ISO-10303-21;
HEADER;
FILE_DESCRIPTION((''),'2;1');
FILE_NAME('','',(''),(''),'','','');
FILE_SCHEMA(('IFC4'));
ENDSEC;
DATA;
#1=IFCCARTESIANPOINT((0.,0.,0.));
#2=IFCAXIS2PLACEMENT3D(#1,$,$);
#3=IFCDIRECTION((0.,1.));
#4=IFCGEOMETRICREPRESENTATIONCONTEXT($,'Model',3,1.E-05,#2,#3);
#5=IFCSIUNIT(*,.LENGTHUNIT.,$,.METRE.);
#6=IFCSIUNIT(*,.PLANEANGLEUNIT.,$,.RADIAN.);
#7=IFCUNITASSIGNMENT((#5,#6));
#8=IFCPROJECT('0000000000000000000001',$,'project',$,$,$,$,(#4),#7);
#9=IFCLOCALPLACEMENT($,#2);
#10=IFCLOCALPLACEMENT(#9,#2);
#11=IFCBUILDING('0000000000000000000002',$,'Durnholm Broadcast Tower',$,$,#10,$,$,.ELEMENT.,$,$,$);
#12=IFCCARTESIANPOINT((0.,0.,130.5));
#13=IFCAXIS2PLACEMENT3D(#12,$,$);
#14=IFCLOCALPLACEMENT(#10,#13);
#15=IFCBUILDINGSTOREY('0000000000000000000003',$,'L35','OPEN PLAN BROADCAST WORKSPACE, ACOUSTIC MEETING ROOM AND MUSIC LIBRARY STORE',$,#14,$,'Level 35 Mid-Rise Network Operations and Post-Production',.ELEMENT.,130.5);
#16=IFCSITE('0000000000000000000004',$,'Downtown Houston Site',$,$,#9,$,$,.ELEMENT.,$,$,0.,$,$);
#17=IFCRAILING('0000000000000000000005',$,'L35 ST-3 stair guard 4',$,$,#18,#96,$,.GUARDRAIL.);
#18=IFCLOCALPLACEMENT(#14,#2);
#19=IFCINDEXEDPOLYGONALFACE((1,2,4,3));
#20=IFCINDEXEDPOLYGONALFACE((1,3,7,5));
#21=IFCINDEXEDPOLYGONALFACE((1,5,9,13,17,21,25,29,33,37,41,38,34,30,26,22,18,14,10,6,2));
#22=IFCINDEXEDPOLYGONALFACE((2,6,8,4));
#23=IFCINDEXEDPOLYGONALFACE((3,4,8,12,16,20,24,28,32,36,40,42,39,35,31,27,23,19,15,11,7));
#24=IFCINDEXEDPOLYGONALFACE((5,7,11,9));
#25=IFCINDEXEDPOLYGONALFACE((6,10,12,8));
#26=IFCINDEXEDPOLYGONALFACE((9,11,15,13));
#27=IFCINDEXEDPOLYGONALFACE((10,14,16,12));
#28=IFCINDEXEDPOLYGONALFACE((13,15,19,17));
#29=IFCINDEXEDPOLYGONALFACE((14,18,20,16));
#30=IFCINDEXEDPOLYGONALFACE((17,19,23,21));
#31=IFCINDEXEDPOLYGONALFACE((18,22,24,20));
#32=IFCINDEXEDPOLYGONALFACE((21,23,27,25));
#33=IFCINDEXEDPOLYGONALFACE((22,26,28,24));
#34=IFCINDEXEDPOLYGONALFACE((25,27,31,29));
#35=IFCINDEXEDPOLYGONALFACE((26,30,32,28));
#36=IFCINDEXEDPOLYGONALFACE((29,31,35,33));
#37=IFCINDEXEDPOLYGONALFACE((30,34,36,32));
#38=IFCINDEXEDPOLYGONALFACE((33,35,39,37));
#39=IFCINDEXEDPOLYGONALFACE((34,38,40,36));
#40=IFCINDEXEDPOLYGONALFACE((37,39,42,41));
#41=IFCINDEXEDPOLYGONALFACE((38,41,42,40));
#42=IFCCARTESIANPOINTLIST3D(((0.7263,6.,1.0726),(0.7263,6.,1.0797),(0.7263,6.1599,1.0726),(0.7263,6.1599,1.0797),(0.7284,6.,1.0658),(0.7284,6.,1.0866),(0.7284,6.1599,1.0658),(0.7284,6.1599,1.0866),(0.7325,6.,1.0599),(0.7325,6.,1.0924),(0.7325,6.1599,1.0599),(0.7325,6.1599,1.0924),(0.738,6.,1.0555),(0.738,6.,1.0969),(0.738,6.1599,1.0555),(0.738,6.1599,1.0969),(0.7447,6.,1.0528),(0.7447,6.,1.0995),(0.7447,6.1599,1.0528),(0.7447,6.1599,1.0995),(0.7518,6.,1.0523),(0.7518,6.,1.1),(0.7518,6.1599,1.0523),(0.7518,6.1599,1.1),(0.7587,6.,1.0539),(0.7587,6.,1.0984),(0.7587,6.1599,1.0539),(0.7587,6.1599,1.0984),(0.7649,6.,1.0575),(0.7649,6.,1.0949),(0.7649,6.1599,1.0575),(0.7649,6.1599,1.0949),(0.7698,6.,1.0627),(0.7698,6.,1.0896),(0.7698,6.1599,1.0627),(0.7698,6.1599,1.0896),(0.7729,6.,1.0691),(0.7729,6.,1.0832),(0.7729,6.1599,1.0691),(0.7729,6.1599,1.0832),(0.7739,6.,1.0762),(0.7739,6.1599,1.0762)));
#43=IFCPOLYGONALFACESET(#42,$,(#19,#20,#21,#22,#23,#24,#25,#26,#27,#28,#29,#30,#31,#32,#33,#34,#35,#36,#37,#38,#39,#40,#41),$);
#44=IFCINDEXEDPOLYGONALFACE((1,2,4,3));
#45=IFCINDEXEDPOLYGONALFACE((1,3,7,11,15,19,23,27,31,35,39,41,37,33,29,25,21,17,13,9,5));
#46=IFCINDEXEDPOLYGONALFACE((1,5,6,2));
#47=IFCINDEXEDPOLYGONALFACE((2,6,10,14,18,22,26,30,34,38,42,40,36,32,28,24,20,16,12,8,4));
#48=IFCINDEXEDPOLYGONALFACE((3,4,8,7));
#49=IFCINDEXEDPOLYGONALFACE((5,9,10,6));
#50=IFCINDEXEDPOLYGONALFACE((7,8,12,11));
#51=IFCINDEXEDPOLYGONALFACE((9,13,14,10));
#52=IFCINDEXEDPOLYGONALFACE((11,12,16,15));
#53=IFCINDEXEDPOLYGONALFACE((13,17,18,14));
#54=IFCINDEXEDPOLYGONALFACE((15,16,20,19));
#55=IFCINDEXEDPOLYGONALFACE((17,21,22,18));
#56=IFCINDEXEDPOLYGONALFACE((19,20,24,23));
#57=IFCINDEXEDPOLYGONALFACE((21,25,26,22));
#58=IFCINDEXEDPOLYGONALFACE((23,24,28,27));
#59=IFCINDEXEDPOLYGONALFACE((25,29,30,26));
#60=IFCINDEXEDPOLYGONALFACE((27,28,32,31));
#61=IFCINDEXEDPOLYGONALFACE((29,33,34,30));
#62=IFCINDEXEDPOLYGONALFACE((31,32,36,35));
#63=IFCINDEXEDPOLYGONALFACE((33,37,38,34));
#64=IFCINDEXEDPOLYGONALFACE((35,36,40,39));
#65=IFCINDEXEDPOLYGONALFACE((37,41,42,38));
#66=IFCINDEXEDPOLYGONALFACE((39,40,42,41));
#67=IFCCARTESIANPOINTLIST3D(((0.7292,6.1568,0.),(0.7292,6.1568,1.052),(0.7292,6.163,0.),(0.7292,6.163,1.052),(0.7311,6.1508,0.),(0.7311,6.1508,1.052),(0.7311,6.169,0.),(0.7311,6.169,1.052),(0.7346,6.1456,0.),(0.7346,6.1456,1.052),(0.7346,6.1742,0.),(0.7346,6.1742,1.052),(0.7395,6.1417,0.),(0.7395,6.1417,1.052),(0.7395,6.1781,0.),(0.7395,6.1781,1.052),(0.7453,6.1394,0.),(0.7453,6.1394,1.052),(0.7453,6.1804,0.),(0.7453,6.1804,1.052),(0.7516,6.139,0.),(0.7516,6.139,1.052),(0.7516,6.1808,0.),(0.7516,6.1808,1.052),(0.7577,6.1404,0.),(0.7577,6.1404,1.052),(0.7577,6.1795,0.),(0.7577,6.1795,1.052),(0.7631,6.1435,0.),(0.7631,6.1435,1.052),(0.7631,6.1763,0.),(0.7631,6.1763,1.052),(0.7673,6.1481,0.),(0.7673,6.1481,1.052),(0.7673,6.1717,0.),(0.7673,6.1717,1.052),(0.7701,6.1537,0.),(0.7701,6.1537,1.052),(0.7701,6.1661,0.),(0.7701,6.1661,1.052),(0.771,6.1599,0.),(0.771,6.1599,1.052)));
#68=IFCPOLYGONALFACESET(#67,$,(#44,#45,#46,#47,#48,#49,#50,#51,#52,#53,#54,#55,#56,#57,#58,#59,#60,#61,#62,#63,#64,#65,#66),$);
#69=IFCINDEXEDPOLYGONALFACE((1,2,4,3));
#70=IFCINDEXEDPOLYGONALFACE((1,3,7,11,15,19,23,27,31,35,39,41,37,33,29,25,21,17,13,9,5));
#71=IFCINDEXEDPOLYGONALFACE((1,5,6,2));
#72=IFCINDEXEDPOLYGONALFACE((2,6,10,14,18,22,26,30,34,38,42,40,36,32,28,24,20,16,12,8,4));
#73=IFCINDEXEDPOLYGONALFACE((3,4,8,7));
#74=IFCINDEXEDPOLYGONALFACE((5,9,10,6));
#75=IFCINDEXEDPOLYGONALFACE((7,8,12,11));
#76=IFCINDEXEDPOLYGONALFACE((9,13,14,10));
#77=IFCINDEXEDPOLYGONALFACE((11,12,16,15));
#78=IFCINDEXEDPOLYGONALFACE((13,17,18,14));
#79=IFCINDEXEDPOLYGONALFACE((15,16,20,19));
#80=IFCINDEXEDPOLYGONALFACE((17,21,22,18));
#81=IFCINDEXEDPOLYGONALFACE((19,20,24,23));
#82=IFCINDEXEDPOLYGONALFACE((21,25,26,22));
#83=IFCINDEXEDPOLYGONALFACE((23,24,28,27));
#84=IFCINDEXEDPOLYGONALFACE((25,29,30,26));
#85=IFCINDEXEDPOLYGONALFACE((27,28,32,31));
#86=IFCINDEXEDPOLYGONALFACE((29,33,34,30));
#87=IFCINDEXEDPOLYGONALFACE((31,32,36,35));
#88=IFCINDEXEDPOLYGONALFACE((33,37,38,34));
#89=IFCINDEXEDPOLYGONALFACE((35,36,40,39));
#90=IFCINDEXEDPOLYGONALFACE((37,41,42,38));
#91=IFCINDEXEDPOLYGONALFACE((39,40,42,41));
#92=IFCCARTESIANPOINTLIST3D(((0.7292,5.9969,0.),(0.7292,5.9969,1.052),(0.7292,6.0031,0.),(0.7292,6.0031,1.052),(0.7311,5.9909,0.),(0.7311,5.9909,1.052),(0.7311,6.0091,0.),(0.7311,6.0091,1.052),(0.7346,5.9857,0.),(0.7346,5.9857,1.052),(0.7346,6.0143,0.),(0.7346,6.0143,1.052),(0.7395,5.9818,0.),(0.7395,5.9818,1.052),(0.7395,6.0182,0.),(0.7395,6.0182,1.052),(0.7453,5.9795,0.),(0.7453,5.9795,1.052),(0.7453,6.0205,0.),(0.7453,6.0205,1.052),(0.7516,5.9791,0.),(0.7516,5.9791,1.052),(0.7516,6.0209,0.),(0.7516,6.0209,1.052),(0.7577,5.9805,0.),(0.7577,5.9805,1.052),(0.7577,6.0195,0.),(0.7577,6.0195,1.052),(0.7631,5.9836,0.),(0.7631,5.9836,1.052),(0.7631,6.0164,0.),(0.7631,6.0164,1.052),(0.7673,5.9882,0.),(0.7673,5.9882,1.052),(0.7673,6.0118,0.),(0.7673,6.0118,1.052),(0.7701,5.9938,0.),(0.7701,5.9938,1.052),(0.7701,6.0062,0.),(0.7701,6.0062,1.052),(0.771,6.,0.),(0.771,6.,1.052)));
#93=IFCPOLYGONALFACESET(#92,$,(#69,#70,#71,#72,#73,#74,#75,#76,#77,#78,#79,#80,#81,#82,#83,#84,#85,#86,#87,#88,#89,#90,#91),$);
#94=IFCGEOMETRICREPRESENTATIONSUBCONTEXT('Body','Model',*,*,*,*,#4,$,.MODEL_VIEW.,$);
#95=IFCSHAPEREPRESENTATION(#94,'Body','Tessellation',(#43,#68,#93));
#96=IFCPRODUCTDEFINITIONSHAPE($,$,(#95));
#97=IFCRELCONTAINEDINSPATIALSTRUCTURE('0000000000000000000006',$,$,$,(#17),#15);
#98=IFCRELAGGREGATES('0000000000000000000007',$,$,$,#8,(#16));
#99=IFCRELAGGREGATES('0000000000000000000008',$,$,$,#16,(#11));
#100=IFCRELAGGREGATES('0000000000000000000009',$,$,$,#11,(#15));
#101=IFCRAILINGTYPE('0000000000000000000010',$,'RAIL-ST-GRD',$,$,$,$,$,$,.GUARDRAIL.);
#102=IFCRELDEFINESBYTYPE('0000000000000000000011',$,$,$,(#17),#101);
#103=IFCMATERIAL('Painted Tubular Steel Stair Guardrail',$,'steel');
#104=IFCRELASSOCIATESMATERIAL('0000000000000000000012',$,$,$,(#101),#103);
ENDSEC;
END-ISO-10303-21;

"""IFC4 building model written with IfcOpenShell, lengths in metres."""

from ifc_helpers import new_model, si_unit, direction, frame, origin, origin_2d, place, context, subcontext, project, spatial, circle, extrude, material, type_object, element, save


model = new_model("IFC4")

# Units and contexts
model_context = context("Model", 3, precision=1e-05, world=origin(), true_north=direction((0.0, 1.0)))
body_context = subcontext(model_context, "Body", "Model", "MODEL_VIEW")
ifc_project = project(units=[si_unit("LENGTHUNIT", "METRE"), si_unit("PLANEANGLEUNIT", "RADIAN")], contexts=[model_context])

# Site, building, storey
site_placement = place(None, origin())
site = spatial("IfcSite", under=ifc_project, at=site_placement, Name="Downtown Houston Site", CompositionType="ELEMENT", RefElevation=0.0)
building_placement = place(site_placement, origin())
building = spatial("IfcBuilding", under=site, at=building_placement, Name="Durnholm Broadcast Tower", CompositionType="ELEMENT")
storey_placement = place(building_placement, frame((0.0, 0.0, 130.5)))
storey = spatial("IfcBuildingStorey", under=building, at=storey_placement, Name="L35", Description="OPEN PLAN BROADCAST WORKSPACE, ACOUSTIC MEETING ROOM AND MUSIC LIBRARY STORE", LongName="Level 35 Mid-Rise Network Operations and Post-Production", CompositionType="ELEMENT", Elevation=130.5)

# Railing
ifc_material_1 = material(Name="Painted Tubular Steel Stair Guardrail", Category="steel")
railing_type_1 = type_object("IfcRailingType", Name="RAIL-ST-GRD", PredefinedType="GUARDRAIL", material=ifc_material_1)
railing_1_placement = place(storey_placement, frame((0.75, 6.1599, 0.0)))
element("IfcRailing", 1, at=railing_1_placement, inside=storey, type_object=railing_type_1, Name="L35 ST-3 stair guard 4", PredefinedType="GUARDRAIL", context=body_context, shape_type="SweptSolid", body=[
    extrude(circle(Radius=0.0239, at=origin_2d()), frame((0.0, 0.0, 1.0762), z_axis=(0.0, -1.0, 0.0), x_axis=(1.0, 0.0, 0.0)), (0.0, 0.0, 1.0), 0.1599),
    extrude(circle(Radius=0.021, at=origin_2d()), origin(), (0.0, 0.0, 1.0), 1.052),
    extrude(circle(Radius=0.021, at=origin_2d()), frame((0.0, -0.1599, 0.0)), (0.0, 0.0, 1.0), 1.052),
])

save(model, "model.ifc")
